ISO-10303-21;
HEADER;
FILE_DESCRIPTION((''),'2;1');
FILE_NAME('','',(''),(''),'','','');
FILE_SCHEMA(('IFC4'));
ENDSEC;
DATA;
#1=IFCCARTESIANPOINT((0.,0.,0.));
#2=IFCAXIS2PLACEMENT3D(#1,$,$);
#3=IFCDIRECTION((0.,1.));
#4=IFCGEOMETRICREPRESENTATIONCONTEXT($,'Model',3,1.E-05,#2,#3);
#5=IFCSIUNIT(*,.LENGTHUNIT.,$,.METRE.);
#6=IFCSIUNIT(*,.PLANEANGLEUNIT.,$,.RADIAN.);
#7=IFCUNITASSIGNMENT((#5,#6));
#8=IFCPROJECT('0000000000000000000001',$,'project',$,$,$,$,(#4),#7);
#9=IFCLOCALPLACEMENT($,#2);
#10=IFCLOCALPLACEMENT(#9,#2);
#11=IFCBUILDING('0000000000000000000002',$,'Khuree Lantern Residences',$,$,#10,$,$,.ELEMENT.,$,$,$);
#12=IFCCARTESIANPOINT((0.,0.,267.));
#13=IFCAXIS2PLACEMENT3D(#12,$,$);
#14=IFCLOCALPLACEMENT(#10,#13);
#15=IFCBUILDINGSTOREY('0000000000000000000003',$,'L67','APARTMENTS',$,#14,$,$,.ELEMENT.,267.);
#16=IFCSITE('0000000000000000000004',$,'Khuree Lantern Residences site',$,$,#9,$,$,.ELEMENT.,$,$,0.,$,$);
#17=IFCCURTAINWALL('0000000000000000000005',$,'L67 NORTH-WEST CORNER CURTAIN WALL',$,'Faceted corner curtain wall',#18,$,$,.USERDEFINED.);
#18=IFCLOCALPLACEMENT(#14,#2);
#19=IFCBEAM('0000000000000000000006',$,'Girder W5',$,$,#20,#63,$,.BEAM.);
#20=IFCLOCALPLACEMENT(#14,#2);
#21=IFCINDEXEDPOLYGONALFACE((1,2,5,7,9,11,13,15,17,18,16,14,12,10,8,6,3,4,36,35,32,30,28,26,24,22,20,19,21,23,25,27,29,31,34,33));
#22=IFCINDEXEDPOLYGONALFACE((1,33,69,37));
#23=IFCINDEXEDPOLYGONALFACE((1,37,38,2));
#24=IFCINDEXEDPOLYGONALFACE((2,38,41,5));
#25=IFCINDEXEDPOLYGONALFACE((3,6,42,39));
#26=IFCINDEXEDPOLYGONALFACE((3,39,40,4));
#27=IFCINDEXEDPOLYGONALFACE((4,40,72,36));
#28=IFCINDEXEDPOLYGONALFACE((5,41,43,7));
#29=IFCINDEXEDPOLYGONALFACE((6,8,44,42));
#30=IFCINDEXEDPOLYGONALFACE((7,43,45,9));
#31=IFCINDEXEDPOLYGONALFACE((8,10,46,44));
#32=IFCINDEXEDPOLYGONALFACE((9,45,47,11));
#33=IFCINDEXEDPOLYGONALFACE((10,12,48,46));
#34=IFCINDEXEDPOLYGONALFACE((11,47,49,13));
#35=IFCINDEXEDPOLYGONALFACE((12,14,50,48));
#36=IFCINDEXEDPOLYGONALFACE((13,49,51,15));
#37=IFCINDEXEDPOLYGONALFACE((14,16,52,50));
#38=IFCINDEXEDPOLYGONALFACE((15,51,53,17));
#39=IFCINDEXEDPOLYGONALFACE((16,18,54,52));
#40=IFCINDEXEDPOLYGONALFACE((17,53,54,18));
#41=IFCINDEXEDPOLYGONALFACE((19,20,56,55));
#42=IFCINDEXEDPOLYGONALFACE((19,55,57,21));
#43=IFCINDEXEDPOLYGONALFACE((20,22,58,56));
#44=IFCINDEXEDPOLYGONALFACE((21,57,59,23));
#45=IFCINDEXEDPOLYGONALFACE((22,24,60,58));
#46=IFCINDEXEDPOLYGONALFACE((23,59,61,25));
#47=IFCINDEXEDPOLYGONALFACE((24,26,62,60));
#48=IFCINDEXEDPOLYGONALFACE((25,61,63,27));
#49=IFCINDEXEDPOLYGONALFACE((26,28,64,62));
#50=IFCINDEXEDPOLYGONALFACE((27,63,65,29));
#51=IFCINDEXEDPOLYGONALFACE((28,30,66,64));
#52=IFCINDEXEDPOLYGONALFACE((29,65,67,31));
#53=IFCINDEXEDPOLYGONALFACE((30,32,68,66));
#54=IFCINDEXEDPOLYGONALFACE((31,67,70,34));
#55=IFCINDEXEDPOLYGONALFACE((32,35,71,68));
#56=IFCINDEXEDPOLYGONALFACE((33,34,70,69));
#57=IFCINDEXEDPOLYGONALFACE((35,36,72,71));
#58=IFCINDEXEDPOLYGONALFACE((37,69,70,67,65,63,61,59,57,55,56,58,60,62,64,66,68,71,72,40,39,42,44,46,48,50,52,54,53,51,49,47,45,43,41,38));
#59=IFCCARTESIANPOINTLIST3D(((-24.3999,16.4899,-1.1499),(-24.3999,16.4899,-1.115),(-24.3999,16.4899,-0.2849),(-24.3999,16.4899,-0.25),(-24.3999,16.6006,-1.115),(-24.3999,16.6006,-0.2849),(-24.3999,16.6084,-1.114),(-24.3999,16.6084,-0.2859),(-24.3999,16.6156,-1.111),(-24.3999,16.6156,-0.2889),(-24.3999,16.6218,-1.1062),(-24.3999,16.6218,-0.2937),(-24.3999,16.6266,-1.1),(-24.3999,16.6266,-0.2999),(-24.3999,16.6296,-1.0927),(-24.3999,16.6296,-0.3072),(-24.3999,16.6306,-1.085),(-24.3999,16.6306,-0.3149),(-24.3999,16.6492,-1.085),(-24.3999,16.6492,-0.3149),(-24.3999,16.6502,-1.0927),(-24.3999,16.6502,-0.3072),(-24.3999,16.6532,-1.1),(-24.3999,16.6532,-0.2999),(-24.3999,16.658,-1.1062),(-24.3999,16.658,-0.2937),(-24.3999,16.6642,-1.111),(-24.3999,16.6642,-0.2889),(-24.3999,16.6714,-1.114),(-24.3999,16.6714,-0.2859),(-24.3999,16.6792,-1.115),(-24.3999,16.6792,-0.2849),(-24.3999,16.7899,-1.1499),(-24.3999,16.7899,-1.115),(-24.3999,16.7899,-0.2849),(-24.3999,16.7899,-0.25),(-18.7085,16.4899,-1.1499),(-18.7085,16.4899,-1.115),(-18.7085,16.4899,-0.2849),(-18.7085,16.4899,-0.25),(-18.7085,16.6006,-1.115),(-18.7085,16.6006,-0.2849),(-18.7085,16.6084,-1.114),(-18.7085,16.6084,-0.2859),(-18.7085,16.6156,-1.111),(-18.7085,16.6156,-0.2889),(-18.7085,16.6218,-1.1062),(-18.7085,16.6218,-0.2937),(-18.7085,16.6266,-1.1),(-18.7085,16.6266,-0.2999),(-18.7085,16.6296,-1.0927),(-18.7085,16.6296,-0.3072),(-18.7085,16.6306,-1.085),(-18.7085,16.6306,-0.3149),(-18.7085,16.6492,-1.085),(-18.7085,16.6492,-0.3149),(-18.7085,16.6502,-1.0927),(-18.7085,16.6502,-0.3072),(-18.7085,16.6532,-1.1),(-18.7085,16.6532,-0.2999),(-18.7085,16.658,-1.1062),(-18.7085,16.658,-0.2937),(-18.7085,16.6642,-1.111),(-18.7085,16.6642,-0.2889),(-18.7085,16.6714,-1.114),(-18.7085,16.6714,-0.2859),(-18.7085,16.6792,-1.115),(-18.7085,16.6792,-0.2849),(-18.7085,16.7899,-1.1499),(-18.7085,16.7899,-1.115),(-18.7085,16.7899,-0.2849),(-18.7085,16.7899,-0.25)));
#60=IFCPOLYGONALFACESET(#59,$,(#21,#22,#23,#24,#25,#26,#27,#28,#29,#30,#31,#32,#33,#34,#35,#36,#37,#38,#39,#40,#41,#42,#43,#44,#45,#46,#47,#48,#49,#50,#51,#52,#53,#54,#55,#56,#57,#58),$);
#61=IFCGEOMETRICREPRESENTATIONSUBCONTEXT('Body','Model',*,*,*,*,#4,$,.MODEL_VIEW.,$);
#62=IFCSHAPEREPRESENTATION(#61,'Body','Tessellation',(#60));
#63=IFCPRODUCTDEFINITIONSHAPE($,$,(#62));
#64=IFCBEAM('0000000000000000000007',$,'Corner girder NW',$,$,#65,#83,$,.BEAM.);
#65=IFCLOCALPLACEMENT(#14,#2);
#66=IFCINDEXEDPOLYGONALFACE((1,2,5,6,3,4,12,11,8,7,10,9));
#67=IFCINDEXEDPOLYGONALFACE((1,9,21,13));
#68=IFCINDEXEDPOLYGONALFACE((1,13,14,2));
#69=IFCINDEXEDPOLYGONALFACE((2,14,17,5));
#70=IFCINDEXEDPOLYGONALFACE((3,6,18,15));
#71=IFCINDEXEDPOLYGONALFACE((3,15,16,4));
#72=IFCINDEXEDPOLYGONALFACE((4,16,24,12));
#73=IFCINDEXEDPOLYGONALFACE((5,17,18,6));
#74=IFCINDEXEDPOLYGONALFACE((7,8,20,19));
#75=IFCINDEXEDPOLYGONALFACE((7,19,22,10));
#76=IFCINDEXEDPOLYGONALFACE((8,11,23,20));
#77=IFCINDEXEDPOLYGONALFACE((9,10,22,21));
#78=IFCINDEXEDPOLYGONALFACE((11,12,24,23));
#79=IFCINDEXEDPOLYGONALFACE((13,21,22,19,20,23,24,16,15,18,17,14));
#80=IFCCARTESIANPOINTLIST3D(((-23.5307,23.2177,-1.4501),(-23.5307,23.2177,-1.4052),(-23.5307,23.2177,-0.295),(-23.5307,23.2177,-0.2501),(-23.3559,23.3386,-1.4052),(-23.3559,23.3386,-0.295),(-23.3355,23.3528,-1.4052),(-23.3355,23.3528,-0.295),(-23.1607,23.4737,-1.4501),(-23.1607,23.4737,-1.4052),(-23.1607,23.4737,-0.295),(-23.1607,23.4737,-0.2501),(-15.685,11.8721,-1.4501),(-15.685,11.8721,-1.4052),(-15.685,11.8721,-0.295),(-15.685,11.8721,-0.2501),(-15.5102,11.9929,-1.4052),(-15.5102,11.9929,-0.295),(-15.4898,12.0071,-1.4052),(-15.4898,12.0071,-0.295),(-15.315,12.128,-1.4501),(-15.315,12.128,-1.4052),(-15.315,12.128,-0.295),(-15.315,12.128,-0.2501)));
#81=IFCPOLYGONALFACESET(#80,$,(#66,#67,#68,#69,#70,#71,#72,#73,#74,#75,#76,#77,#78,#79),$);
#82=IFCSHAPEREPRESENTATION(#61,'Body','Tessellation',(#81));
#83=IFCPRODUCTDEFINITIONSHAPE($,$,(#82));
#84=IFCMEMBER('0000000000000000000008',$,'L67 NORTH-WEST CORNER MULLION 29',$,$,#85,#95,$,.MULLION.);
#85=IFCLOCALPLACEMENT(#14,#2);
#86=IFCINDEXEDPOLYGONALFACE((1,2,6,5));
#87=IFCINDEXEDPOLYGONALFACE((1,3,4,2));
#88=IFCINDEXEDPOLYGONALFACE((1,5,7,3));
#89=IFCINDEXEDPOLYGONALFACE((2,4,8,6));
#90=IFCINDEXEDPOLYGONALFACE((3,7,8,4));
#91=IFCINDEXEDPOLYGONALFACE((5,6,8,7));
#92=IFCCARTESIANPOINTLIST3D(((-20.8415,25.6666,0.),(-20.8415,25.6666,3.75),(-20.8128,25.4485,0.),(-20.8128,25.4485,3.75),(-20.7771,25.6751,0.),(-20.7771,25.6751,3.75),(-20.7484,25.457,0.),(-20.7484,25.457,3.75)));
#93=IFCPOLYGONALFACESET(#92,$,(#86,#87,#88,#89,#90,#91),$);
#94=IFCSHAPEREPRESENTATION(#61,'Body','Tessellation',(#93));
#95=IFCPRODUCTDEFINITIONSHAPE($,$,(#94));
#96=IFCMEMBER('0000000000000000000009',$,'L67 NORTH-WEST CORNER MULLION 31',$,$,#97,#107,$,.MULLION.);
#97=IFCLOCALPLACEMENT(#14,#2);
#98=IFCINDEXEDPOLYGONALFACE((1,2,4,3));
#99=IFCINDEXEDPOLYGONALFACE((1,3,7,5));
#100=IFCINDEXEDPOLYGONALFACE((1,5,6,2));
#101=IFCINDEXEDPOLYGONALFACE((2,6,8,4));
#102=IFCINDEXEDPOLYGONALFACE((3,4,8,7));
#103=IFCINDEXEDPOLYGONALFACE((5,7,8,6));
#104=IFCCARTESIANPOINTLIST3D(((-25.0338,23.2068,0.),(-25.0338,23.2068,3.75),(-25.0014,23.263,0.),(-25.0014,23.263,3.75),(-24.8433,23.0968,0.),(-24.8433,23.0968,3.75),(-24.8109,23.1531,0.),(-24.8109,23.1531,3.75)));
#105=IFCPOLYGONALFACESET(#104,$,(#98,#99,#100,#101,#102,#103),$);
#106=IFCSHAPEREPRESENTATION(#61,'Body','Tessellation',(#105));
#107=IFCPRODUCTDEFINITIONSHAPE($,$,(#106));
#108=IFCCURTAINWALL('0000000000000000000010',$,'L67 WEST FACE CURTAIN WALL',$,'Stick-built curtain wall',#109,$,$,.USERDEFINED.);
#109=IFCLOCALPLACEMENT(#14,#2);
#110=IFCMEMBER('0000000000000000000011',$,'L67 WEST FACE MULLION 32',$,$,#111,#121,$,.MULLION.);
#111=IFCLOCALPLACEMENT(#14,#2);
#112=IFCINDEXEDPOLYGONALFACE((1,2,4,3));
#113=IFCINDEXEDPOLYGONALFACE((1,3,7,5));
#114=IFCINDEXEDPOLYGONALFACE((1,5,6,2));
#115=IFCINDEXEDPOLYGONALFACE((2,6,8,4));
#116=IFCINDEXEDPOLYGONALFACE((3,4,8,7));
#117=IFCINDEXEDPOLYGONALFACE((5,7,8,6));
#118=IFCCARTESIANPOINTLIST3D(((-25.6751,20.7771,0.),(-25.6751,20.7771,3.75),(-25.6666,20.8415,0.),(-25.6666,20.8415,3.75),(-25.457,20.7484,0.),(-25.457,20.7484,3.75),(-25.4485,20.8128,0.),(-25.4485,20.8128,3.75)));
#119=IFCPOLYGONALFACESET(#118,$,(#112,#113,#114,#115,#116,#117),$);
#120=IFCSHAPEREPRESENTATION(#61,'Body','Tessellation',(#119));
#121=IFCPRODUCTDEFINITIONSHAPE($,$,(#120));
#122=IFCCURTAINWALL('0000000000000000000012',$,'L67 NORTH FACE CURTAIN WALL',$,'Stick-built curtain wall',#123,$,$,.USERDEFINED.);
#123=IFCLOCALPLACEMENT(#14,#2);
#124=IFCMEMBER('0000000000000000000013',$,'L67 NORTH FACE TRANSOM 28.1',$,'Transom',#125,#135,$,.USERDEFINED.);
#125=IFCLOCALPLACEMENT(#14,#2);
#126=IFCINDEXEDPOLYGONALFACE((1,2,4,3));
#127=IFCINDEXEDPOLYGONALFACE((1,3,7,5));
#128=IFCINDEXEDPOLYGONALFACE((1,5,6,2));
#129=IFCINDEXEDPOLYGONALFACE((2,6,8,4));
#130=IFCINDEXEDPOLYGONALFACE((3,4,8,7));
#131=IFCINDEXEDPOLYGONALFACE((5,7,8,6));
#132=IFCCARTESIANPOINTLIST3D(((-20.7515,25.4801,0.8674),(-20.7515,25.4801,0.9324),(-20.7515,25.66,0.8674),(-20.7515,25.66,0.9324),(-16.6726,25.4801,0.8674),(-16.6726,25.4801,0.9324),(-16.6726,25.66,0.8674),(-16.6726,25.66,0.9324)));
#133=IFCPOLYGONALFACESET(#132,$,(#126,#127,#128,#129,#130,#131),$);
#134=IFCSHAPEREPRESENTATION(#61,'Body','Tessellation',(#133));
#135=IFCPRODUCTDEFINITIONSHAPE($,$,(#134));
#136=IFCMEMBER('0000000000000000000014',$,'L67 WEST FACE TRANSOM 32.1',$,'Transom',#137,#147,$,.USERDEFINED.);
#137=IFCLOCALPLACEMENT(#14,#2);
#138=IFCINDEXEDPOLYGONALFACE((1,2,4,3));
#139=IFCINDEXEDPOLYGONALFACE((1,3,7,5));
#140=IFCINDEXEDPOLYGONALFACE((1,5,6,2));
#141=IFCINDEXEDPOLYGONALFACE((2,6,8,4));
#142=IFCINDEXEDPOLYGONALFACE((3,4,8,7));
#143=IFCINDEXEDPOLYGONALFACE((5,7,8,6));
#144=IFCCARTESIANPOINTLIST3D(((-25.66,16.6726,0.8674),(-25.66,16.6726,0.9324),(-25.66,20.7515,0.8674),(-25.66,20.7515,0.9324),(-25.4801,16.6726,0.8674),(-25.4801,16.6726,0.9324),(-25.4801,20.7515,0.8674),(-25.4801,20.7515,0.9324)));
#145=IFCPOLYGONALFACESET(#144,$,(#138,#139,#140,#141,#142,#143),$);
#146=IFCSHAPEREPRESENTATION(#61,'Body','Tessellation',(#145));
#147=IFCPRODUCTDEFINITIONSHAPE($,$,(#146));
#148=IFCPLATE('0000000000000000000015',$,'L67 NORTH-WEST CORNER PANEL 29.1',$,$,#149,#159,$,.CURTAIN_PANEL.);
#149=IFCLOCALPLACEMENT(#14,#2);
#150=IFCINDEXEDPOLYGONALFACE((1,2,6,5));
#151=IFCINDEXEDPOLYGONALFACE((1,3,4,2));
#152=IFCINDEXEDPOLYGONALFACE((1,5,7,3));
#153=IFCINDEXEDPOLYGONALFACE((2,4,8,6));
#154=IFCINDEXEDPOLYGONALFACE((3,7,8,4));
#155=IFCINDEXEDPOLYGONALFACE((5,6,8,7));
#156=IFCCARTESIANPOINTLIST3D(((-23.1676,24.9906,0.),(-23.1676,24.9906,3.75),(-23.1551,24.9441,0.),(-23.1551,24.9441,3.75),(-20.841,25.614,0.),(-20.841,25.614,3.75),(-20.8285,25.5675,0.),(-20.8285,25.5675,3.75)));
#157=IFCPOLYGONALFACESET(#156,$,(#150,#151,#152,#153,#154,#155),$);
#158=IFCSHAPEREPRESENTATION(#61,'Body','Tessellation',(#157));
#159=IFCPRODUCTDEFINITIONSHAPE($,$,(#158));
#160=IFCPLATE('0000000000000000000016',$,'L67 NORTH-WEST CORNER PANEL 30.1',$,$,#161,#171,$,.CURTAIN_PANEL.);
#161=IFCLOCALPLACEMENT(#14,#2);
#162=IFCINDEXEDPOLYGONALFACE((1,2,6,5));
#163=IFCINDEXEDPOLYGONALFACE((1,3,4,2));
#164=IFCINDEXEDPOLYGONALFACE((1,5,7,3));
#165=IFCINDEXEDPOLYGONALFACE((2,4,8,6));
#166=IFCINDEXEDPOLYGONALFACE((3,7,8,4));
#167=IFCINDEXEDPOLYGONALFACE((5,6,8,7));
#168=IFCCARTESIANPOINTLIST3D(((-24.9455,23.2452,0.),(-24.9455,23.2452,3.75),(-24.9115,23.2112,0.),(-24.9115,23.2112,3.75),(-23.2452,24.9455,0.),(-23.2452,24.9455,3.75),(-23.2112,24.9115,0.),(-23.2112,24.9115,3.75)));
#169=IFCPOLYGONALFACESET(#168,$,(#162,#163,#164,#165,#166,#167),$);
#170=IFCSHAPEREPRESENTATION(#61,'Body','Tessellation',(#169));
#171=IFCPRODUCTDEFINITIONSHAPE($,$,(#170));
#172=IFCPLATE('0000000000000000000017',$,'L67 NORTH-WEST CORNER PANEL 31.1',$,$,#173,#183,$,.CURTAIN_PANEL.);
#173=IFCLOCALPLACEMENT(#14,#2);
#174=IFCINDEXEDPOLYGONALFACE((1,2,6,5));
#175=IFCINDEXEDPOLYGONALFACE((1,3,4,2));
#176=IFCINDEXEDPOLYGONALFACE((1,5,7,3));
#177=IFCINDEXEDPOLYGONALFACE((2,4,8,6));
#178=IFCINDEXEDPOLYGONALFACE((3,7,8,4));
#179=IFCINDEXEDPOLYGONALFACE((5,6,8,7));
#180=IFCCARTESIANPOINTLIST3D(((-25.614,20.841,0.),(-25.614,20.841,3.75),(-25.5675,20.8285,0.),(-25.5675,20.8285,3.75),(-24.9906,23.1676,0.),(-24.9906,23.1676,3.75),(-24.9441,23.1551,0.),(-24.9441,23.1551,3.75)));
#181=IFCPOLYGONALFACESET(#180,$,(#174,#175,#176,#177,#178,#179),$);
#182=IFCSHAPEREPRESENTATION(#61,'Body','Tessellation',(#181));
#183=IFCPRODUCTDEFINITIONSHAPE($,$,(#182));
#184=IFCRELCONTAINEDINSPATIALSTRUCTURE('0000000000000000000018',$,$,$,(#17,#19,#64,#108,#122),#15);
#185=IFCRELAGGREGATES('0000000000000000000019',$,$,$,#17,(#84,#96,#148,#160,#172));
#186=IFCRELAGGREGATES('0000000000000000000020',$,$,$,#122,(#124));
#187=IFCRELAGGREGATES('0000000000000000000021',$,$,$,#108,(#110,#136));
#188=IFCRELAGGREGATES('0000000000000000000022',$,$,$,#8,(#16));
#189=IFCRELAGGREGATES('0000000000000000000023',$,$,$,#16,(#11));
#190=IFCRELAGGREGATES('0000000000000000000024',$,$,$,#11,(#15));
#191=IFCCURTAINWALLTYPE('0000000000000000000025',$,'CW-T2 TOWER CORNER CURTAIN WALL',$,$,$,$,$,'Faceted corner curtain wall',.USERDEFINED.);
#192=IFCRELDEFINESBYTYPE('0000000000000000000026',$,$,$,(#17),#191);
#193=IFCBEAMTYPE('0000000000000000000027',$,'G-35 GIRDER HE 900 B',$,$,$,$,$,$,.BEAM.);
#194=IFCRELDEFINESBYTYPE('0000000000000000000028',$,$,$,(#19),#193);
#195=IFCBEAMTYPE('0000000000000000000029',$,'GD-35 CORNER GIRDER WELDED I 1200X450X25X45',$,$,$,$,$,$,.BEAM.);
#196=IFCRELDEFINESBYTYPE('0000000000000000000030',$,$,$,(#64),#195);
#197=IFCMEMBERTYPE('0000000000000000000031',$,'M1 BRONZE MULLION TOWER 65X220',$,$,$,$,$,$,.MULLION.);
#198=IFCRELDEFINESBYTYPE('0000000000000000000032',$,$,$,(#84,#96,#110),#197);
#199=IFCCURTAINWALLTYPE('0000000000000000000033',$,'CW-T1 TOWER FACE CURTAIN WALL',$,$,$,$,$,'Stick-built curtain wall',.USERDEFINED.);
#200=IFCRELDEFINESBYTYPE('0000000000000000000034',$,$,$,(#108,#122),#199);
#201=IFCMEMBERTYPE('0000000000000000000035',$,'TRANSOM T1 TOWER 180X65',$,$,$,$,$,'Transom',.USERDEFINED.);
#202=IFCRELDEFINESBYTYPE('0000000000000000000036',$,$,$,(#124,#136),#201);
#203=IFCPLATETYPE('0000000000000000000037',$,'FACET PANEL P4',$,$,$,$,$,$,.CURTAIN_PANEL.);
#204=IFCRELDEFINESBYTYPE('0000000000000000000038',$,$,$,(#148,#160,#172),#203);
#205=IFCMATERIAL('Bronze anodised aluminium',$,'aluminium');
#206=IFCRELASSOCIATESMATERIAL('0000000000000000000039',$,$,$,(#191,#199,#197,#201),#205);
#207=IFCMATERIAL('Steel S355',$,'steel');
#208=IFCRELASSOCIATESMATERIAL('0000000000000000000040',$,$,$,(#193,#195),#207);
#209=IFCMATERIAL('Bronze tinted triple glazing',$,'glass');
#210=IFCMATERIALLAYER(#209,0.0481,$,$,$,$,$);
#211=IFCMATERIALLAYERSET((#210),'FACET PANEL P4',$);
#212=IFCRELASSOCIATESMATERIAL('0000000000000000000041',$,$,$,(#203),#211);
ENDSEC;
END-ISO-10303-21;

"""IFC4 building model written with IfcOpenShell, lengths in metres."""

from ifc_helpers import new_model, si_unit, direction, frame, origin, origin_2d, place, context, subcontext, project, spatial, rectangle, i_section, extrude, material, layer, layer_set, material_profile, profile_set, type_object, element, aggregate, save


model = new_model("IFC4")

# Units and contexts
model_context = context("Model", 3, precision=1e-05, world=origin(), true_north=direction((0.0, 1.0)))
body_context = subcontext(model_context, "Body", "Model", "MODEL_VIEW")
ifc_project = project(units=[si_unit("LENGTHUNIT", "METRE"), si_unit("PLANEANGLEUNIT", "RADIAN")], contexts=[model_context])

# Site, building, storey
site_placement = place(None, origin())
site = spatial("IfcSite", under=ifc_project, at=site_placement, Name="Khuree Lantern Residences site", CompositionType="ELEMENT", RefElevation=0.0)
building_placement = place(site_placement, origin())
building = spatial("IfcBuilding", under=site, at=building_placement, Name="Khuree Lantern Residences", CompositionType="ELEMENT")
storey_placement = place(building_placement, frame((0.0, 0.0, 267.0)))
storey = spatial("IfcBuildingStorey", under=building, at=storey_placement, Name="L67", Description="APARTMENTS", CompositionType="ELEMENT", Elevation=267.0)

# Shared definitions
ifc_material_1 = material(Name="Steel S355", Category="steel")

# Curtain wall
ifc_material_2 = material(Name="Bronze anodised aluminium", Category="aluminium")
curtain_wall_type_1 = type_object("IfcCurtainWallType", Name="CW-T2 TOWER CORNER CURTAIN WALL", ElementType="Faceted corner curtain wall", PredefinedType="USERDEFINED", material=ifc_material_2)
curtain_wall_1_placement = place(storey_placement, origin())
curtain_wall_1 = element("IfcCurtainWall", 1, at=curtain_wall_1_placement, inside=storey, type_object=curtain_wall_type_1, Name="L67 NORTH-WEST CORNER CURTAIN WALL", ObjectType="Faceted corner curtain wall", PredefinedType="USERDEFINED")

# Beams
ifc_material_profile_1 = material_profile(ifc_material_1, i_section(OverallWidth=0.3, OverallDepth=0.8999, WebThickness=0.0186, FlangeThickness=0.0349, FilletRadius=0.03, at=origin_2d()), Name="HE 900 B")
ifc_profile_set_1 = profile_set([ifc_material_profile_1], Name="Steel S355")
beam_type_1 = type_object("IfcBeamType", Name="G-35 GIRDER HE 900 B", PredefinedType="BEAM", material=ifc_profile_set_1)
beam_1_placement = place(storey_placement, frame((-24.3999, 16.6399, -0.7), z_axis=(1.0, 0.0, 0.0), x_axis=(0.0, 1.0, 0.0)))
element("IfcBeam", 2, at=beam_1_placement, inside=storey, type_object=beam_type_1, Name="Girder W5", PredefinedType="BEAM", context=body_context, shape_type="SweptSolid", body=[
    extrude(i_section(OverallWidth=0.3, OverallDepth=0.8999, WebThickness=0.0186, FlangeThickness=0.0349, FilletRadius=0.03, at=origin_2d()), origin(), (0.0, 0.0, 1.0), 5.6914),
])
ifc_material_profile_2 = material_profile(ifc_material_1, i_section(OverallWidth=0.45, OverallDepth=1.2, WebThickness=0.0249, FlangeThickness=0.0449, at=origin_2d()), Name="WELDED I 1200X450X25X45")
ifc_profile_set_2 = profile_set([ifc_material_profile_2], Name="Steel S355")
beam_type_2 = type_object("IfcBeamType", Name="GD-35 CORNER GIRDER WELDED I 1200X450X25X45", PredefinedType="BEAM", material=ifc_profile_set_2)
beam_2_placement = place(storey_placement, frame((-23.3457, 23.3457, -0.8501), z_axis=(0.568768, -0.822498, 0.0), x_axis=(0.822498, 0.568768, 0.0)))
element("IfcBeam", 3, at=beam_2_placement, inside=storey, type_object=beam_type_2, Name="Corner girder NW", PredefinedType="BEAM", context=body_context, shape_type="SweptSolid", body=[
    extrude(i_section(OverallWidth=0.45, OverallDepth=1.2, WebThickness=0.0249, FlangeThickness=0.0449, at=origin_2d()), origin(), (0.0, 0.0, 1.0), 13.7942),
])

# Members
ifc_material_profile_3 = material_profile(ifc_material_2, rectangle(XDim=0.0649, YDim=0.22, at=origin_2d()), Name="M1 65X220")
ifc_profile_set_3 = profile_set([ifc_material_profile_3], Name="Bronze anodised aluminium")
member_type_1 = type_object("IfcMemberType", Name="M1 BRONZE MULLION TOWER 65X220", PredefinedType="MULLION", material=ifc_profile_set_3)
member_1_placement = place(storey_placement, frame((-20.7949, 25.5618, 0.0), z_axis=(0.0, 0.0, 1.0), x_axis=(-0.991445, -0.130526, 0.0)))
member_1 = element("IfcMember", 4, at=member_1_placement, type_object=member_type_1, Name="L67 NORTH-WEST CORNER MULLION 29", PredefinedType="MULLION", context=body_context, shape_type="SweptSolid", body=[
    extrude(rectangle(XDim=0.0649, YDim=0.22, at=origin_2d()), origin(), (0.0, 0.0, 1.0), 3.75),
])
member_2_placement = place(storey_placement, frame((-24.9224, 23.1799, 0.0), z_axis=(0.0, 0.0, 1.0), x_axis=(-0.5, -0.866025, 0.0)))
member_2 = element("IfcMember", 5, at=member_2_placement, type_object=member_type_1, Name="L67 NORTH-WEST CORNER MULLION 31", PredefinedType="MULLION", context=body_context, shape_type="SweptSolid", body=[
    extrude(rectangle(XDim=0.0649, YDim=0.22, at=origin_2d()), origin(), (0.0, 0.0, 1.0), 3.75),
])

# Curtain walls, members
curtain_wall_type_2 = type_object("IfcCurtainWallType", Name="CW-T1 TOWER FACE CURTAIN WALL", ElementType="Stick-built curtain wall", PredefinedType="USERDEFINED", material=ifc_material_2)
curtain_wall_2_placement = place(storey_placement, origin())
curtain_wall_2 = element("IfcCurtainWall", 6, at=curtain_wall_2_placement, inside=storey, type_object=curtain_wall_type_2, Name="L67 WEST FACE CURTAIN WALL", ObjectType="Stick-built curtain wall", PredefinedType="USERDEFINED")
member_3_placement = place(storey_placement, frame((-25.5618, 20.7949, 0.0), z_axis=(0.0, 0.0, 1.0), x_axis=(-0.130526, -0.991445, 0.0)))
member_3 = element("IfcMember", 7, at=member_3_placement, type_object=member_type_1, Name="L67 WEST FACE MULLION 32", PredefinedType="MULLION", context=body_context, shape_type="SweptSolid", body=[
    extrude(rectangle(XDim=0.0649, YDim=0.22, at=origin_2d()), origin(), (0.0, 0.0, 1.0), 3.75),
])
curtain_wall_3_placement = place(storey_placement, origin())
curtain_wall_3 = element("IfcCurtainWall", 8, at=curtain_wall_3_placement, inside=storey, type_object=curtain_wall_type_2, Name="L67 NORTH FACE CURTAIN WALL", ObjectType="Stick-built curtain wall", PredefinedType="USERDEFINED")
ifc_material_profile_4 = material_profile(ifc_material_2, rectangle(XDim=0.1799, YDim=0.0649, at=origin_2d()), Name="T1 180X65")
ifc_profile_set_4 = profile_set([ifc_material_profile_4], Name="Bronze anodised aluminium")
member_type_2 = type_object("IfcMemberType", Name="TRANSOM T1 TOWER 180X65", ElementType="Transom", PredefinedType="USERDEFINED", material=ifc_profile_set_4)
member_4_placement = place(storey_placement, frame((-16.6726, 25.5701, 0.8999), z_axis=(-1.0, 0.0, 0.0), x_axis=(0.0, -1.0, 0.0)))
member_4 = element("IfcMember", 9, at=member_4_placement, type_object=member_type_2, Name="L67 NORTH FACE TRANSOM 28.1", ObjectType="Transom", PredefinedType="USERDEFINED", context=body_context, shape_type="SweptSolid", body=[
    extrude(rectangle(XDim=0.1799, YDim=0.0649, at=origin_2d()), origin(), (0.0, 0.0, 1.0), 4.0789),
])

# Member
member_5_placement = place(storey_placement, frame((-25.5701, 20.7515, 0.8999), z_axis=(0.0, -1.0, 0.0), x_axis=(1.0, 0.0, 0.0)))
member_5 = element("IfcMember", 10, at=member_5_placement, type_object=member_type_2, Name="L67 WEST FACE TRANSOM 32.1", ObjectType="Transom", PredefinedType="USERDEFINED", context=body_context, shape_type="SweptSolid", body=[
    extrude(rectangle(XDim=0.1799, YDim=0.0649, at=origin_2d()), origin(), (0.0, 0.0, 1.0), 4.0789),
])

# Plates
ifc_material_3 = material(Name="Bronze tinted triple glazing", Category="glass")
ifc_layer_1 = layer(ifc_material_3, 0.0481)
ifc_layer_set_1 = layer_set([ifc_layer_1], Name="FACET PANEL P4")
plate_type_1 = type_object("IfcPlateType", Name="FACET PANEL P4", PredefinedType="CURTAIN_PANEL", material=ifc_layer_set_1)
plate_1_placement = place(storey_placement, frame((-21.998, 25.2791, 0.0), z_axis=(0.0, 0.0, 1.0), x_axis=(-0.965926, -0.258819, 0.0)))
plate_1 = element("IfcPlate", 11, at=plate_1_placement, type_object=plate_type_1, Name="L67 NORTH-WEST CORNER PANEL 29.1", PredefinedType="CURTAIN_PANEL", context=body_context, shape_type="SweptSolid", body=[
    extrude(rectangle(XDim=2.4087, YDim=0.0481, at=origin_2d()), origin(), (0.0, 0.0, 1.0), 3.75),
])
plate_2_placement = place(storey_placement, frame((-24.0784, 24.0784, 0.0), z_axis=(0.0, 0.0, 1.0), x_axis=(-0.707107, -0.707107, 0.0)))
plate_2 = element("IfcPlate", 12, at=plate_2_placement, type_object=plate_type_1, Name="L67 NORTH-WEST CORNER PANEL 30.1", PredefinedType="CURTAIN_PANEL", context=body_context, shape_type="SweptSolid", body=[
    extrude(rectangle(XDim=2.4045, YDim=0.0481, at=origin_2d()), origin(), (0.0, 0.0, 1.0), 3.75),
])
plate_3_placement = place(storey_placement, frame((-25.2791, 21.998, 0.0), z_axis=(0.0, 0.0, 1.0), x_axis=(-0.258819, -0.965926, 0.0)))
plate_3 = element("IfcPlate", 13, at=plate_3_placement, type_object=plate_type_1, Name="L67 NORTH-WEST CORNER PANEL 31.1", PredefinedType="CURTAIN_PANEL", context=body_context, shape_type="SweptSolid", body=[
    extrude(rectangle(XDim=2.4087, YDim=0.0481, at=origin_2d()), origin(), (0.0, 0.0, 1.0), 3.75),
])
aggregate(curtain_wall_1, [member_1, member_2, plate_1, plate_2, plate_3])
aggregate(curtain_wall_3, [member_4])
aggregate(curtain_wall_2, [member_3, member_5])

save(model, "model.ifc")
